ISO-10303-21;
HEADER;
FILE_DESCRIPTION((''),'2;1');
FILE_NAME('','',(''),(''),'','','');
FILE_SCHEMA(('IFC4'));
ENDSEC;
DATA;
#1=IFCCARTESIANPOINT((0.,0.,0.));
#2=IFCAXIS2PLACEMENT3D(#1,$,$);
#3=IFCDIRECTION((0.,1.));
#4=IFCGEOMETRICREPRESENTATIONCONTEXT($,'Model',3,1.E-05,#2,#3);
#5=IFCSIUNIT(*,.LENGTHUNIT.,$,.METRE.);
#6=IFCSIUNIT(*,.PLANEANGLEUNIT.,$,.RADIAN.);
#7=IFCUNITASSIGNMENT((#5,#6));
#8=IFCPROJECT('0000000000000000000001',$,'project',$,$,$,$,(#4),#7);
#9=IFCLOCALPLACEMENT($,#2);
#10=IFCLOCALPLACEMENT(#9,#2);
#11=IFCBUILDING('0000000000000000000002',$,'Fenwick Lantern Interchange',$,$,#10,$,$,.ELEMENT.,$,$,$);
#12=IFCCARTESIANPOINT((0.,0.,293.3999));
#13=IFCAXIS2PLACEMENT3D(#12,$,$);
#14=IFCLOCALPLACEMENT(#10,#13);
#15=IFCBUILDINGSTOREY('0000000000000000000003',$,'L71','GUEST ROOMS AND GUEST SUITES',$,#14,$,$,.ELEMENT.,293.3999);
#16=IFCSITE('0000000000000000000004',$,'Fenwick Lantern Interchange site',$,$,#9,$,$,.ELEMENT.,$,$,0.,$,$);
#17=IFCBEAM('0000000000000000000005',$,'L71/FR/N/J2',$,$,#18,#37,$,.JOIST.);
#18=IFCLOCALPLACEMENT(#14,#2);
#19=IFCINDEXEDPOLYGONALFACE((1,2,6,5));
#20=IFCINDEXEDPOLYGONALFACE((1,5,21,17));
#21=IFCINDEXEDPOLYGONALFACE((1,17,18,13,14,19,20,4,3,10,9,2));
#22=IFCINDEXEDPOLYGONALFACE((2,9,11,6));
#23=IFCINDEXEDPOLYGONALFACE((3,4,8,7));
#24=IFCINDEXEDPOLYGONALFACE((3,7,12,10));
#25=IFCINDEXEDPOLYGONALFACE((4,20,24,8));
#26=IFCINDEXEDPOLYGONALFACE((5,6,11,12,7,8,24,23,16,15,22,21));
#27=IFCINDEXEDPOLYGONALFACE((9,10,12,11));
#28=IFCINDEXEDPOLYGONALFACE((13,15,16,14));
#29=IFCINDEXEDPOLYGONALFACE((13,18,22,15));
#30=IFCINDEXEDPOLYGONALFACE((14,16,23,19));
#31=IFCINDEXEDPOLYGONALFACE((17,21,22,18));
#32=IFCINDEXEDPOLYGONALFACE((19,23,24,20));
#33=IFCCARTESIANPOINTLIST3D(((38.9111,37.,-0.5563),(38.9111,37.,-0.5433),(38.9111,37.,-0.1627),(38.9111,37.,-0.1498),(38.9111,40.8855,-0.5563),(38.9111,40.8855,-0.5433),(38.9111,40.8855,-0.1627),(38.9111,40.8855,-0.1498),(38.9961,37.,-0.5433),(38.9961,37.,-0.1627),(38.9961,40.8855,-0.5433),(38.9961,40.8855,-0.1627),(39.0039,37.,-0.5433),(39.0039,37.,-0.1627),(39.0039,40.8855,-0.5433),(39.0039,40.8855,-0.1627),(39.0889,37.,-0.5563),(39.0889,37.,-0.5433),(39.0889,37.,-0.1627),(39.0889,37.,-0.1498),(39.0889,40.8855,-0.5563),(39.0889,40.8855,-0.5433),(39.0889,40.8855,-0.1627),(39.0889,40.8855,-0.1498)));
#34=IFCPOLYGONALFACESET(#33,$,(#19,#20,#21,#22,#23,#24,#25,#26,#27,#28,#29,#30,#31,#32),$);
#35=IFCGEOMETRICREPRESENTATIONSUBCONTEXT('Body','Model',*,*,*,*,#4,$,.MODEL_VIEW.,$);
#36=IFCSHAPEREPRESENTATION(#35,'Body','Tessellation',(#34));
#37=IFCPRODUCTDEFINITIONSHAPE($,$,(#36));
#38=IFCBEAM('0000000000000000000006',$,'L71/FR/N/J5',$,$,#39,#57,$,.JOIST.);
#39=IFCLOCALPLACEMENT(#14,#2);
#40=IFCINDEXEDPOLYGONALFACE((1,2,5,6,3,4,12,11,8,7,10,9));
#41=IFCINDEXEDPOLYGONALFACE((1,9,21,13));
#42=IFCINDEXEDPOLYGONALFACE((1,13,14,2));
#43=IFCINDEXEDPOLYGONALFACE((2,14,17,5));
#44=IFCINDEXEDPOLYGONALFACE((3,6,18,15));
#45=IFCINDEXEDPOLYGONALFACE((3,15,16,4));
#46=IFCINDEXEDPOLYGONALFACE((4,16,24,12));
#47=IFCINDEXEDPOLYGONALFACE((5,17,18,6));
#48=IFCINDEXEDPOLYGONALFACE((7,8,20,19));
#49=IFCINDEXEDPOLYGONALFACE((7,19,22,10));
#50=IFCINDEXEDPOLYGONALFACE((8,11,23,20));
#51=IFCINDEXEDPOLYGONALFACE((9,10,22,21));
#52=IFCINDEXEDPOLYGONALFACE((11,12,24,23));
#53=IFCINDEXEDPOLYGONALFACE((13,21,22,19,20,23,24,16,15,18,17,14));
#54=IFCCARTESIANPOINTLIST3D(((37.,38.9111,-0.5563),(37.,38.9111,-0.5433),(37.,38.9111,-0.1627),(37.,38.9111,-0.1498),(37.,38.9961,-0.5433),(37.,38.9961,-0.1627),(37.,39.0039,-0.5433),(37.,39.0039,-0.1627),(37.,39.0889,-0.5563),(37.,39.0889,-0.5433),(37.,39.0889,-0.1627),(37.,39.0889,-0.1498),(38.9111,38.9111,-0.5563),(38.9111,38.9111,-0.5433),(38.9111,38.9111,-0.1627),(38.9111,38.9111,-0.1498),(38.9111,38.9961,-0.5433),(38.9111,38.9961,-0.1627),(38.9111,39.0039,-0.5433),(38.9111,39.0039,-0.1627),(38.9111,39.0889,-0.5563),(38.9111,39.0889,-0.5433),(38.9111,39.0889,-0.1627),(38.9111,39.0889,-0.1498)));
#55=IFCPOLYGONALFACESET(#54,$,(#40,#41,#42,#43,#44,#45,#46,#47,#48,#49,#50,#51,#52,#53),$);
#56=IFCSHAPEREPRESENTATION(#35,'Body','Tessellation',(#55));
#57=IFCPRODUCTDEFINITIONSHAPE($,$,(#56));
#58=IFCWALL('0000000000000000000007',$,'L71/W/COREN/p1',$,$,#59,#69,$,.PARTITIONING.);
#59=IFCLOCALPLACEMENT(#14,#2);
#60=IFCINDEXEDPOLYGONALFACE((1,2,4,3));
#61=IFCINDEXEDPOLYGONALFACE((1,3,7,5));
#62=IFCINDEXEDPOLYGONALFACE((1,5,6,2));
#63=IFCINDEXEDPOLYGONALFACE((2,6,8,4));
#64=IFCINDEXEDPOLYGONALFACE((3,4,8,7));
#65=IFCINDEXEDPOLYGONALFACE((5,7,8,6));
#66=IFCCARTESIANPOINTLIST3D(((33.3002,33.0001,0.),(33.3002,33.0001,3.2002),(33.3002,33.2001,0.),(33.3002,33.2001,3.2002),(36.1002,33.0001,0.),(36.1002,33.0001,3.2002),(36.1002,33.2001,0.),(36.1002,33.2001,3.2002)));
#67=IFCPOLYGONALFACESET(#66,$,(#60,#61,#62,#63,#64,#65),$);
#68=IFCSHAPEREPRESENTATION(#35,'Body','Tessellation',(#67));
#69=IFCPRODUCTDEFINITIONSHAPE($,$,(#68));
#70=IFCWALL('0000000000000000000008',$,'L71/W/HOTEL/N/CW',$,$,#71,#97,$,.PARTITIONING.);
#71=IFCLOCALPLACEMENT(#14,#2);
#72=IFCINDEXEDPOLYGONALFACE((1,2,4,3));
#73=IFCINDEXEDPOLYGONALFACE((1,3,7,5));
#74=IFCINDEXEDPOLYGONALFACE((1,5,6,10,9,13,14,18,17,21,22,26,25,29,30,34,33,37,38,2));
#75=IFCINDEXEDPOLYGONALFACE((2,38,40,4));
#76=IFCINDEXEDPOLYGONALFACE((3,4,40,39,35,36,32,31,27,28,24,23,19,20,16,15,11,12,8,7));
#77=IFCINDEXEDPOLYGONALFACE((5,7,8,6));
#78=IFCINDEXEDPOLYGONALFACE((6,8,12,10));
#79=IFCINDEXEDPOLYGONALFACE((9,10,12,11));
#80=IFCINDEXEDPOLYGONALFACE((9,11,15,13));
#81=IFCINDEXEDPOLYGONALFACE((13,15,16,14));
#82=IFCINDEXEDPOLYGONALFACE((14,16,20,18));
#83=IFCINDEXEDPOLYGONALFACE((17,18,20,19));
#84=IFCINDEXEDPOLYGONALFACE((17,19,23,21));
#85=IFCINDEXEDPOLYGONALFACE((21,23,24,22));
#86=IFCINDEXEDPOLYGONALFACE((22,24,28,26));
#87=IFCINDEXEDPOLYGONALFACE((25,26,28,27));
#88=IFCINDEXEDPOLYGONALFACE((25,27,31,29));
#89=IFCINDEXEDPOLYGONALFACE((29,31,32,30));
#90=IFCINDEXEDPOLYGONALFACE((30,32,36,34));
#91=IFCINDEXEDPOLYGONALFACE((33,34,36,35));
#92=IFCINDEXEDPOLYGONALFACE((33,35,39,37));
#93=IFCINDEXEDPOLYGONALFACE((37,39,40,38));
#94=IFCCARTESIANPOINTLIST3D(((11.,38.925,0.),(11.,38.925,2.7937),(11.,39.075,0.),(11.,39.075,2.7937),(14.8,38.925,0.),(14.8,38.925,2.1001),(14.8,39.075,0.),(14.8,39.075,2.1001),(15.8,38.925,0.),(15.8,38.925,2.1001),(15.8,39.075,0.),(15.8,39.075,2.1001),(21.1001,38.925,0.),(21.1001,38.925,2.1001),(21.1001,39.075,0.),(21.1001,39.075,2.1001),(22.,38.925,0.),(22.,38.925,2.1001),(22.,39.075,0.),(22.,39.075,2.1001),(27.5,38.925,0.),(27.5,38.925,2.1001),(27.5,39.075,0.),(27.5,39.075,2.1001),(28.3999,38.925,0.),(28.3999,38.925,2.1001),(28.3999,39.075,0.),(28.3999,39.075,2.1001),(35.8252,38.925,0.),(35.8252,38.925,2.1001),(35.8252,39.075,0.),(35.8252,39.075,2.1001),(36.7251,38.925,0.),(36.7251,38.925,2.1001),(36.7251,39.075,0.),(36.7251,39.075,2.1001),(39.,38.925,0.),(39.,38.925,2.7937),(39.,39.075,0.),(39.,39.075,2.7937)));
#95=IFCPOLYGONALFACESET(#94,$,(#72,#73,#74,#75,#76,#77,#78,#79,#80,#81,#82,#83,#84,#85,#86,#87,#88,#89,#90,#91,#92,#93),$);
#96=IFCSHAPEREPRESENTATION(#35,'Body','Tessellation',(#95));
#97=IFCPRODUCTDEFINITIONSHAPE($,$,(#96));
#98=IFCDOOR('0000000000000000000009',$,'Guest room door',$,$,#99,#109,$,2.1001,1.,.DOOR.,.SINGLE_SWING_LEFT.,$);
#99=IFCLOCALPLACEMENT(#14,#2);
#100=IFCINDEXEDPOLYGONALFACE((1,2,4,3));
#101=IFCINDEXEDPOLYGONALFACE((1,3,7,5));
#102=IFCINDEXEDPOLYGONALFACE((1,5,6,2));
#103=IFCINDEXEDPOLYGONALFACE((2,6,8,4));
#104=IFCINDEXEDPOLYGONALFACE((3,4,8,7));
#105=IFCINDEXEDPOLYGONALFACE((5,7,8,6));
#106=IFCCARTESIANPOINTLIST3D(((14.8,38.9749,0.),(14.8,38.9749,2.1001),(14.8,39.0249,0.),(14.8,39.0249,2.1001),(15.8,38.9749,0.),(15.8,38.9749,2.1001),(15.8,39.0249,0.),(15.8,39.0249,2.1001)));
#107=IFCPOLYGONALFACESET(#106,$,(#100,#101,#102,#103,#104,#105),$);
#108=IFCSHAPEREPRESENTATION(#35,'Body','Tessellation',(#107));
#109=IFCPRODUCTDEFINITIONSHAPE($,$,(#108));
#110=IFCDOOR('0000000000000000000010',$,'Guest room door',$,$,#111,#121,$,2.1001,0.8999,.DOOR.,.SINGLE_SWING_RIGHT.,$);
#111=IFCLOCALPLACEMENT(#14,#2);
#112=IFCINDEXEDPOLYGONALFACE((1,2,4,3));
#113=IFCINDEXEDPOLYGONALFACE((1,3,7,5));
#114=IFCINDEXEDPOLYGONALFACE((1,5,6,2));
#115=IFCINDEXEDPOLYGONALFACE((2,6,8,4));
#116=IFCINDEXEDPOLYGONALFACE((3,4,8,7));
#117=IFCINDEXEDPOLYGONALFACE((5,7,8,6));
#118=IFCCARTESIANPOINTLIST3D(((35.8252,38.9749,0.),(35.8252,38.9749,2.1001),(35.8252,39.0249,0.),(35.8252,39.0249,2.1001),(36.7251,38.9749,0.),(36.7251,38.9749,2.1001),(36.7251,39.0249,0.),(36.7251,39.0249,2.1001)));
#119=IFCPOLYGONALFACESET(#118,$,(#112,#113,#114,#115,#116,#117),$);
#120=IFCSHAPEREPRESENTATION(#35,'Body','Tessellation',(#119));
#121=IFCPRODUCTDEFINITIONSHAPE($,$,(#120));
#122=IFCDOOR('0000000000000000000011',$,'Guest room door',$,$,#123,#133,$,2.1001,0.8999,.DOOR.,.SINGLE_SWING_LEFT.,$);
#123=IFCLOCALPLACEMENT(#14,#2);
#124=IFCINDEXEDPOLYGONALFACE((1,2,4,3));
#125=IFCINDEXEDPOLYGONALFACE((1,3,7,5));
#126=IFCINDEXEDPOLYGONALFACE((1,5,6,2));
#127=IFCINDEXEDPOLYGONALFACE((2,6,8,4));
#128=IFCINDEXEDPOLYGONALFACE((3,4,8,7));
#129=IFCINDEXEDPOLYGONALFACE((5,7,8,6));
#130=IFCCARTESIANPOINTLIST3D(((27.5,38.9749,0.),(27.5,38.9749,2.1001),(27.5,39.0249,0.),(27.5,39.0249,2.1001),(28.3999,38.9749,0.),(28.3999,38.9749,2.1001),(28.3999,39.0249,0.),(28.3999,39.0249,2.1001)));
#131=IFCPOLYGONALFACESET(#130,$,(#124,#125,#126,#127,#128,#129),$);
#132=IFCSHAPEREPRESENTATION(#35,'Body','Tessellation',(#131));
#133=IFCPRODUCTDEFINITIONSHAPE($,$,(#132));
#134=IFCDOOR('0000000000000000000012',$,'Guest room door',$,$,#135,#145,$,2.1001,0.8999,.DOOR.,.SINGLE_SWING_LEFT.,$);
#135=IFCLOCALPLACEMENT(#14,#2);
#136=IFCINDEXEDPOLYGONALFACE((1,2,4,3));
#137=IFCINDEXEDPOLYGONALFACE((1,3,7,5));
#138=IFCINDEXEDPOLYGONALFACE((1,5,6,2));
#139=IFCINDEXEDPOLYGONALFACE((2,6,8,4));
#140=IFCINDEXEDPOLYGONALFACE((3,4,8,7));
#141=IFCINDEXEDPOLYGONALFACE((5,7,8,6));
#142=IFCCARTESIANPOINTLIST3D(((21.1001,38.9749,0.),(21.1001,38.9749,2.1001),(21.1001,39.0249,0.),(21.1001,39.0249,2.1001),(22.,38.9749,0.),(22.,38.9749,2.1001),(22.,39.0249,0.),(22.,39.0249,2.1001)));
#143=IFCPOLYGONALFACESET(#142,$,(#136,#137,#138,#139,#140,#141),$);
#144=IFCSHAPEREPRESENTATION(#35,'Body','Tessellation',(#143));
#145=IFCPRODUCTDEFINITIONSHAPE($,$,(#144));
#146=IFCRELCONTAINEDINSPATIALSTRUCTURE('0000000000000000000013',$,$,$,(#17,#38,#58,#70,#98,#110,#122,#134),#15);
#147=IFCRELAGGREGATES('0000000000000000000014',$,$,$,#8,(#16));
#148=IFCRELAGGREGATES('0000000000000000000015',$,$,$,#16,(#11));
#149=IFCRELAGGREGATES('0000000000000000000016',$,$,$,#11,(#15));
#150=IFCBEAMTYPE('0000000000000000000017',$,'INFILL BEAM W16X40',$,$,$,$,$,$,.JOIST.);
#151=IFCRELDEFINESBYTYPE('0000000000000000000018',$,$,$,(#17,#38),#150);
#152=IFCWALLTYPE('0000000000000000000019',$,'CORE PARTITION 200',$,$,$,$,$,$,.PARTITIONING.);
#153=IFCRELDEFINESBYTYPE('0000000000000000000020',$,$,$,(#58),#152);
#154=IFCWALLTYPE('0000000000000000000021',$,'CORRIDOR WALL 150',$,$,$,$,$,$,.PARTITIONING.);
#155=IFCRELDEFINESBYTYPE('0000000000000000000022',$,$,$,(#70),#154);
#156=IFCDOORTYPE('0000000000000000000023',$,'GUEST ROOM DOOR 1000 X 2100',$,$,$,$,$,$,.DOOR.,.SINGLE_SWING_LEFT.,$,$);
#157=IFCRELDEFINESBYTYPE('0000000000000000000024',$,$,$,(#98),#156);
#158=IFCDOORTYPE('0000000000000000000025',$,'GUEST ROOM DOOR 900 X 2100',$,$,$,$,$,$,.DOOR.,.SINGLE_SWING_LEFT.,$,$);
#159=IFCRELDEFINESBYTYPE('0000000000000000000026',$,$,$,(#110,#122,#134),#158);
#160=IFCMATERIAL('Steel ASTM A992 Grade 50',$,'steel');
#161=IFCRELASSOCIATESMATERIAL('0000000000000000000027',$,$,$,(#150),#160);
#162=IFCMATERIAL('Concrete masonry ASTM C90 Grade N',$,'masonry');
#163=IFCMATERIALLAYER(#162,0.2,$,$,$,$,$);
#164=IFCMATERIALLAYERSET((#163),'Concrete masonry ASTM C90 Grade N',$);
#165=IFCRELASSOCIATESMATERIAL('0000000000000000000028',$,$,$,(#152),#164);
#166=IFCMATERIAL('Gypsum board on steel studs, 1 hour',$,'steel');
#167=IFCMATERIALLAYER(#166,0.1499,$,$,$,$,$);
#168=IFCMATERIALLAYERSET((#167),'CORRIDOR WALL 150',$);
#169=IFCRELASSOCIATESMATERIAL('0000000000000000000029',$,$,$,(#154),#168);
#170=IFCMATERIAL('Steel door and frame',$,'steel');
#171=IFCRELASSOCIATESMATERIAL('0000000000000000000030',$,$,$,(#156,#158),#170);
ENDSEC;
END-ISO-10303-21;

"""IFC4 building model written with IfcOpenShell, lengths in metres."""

from ifc_helpers import new_model, si_unit, direction, frame, frame_2d, origin, origin_2d, place, context, subcontext, project, spatial, rectangle, i_section, extrude, material, layer, layer_set, material_profile, profile_set, type_object, element, fill, save


model = new_model("IFC4")

# Units and contexts
model_context = context("Model", 3, precision=1e-05, world=origin(), true_north=direction((0.0, 1.0)))
body_context = subcontext(model_context, "Body", "Model", "MODEL_VIEW")
ifc_project = project(units=[si_unit("LENGTHUNIT", "METRE"), si_unit("PLANEANGLEUNIT", "RADIAN")], contexts=[model_context])

# Site, building, storey
site_placement = place(None, origin())
site = spatial("IfcSite", under=ifc_project, at=site_placement, Name="Fenwick Lantern Interchange site", CompositionType="ELEMENT", RefElevation=0.0)
building_placement = place(site_placement, origin())
building = spatial("IfcBuilding", under=site, at=building_placement, Name="Fenwick Lantern Interchange", CompositionType="ELEMENT")
storey_placement = place(building_placement, frame((0.0, 0.0, 293.3999)))
storey = spatial("IfcBuildingStorey", under=building, at=storey_placement, Name="L71", Description="GUEST ROOMS AND GUEST SUITES", CompositionType="ELEMENT", Elevation=293.3999)

# Beams
ifc_material_1 = material(Name="Steel ASTM A992 Grade 50", Category="steel")
ifc_material_profile = material_profile(ifc_material_1, i_section(OverallWidth=0.1777, OverallDepth=0.4065, WebThickness=0.0078, FlangeThickness=0.0129, at=origin_2d()), Name="W16X40")
ifc_profile_set = profile_set([ifc_material_profile], Name="Steel ASTM A992 Grade 50")
beam_type = type_object("IfcBeamType", Name="INFILL BEAM W16X40", PredefinedType="JOIST", material=ifc_profile_set)
beam_1_placement = place(storey_placement, frame((39.0, 40.8855, -0.353), z_axis=(0.0, -1.0, 0.0), x_axis=(1.0, 0.0, 0.0)))
element("IfcBeam", 1, at=beam_1_placement, inside=storey, type_object=beam_type, Name="L71/FR/N/J2", PredefinedType="JOIST", context=body_context, shape_type="SweptSolid", body=[
    extrude(i_section(OverallWidth=0.1777, OverallDepth=0.4065, WebThickness=0.0078, FlangeThickness=0.0129, at=origin_2d()), origin(), (0.0, 0.0, 1.0), 3.8855),
])
beam_2_placement = place(storey_placement, frame((38.9111, 39.0, -0.353), z_axis=(-1.0, 0.0, 0.0), x_axis=(0.0, -1.0, 0.0)))
element("IfcBeam", 2, at=beam_2_placement, inside=storey, type_object=beam_type, Name="L71/FR/N/J5", PredefinedType="JOIST", context=body_context, shape_type="SweptSolid", body=[
    extrude(i_section(OverallWidth=0.1777, OverallDepth=0.4065, WebThickness=0.0078, FlangeThickness=0.0129, at=origin_2d()), origin(), (0.0, 0.0, 1.0), 1.9111),
])

# Wall
ifc_material_2 = material(Name="Concrete masonry ASTM C90 Grade N", Category="masonry")
ifc_layer_1 = layer(ifc_material_2, 0.2)
ifc_layer_set_1 = layer_set([ifc_layer_1], Name="Concrete masonry ASTM C90 Grade N")
wall_type_1 = type_object("IfcWallType", Name="CORE PARTITION 200", PredefinedType="PARTITIONING", material=ifc_layer_set_1)
wall_1_placement = place(storey_placement, frame((36.1001, 33.1001, 0.0), z_axis=(0.0, 0.0, 1.0), x_axis=(-1.0, 0.0, 0.0)))
element("IfcWall", 3, at=wall_1_placement, inside=storey, type_object=wall_type_1, Name="L71/W/COREN/p1", PredefinedType="PARTITIONING", context=body_context, shape_type="SweptSolid", body=[
    extrude(rectangle(XDim=2.8, YDim=0.2, at=frame_2d((1.3999, 0.0))), origin(), (0.0, 0.0, 1.0), 3.2002),
])

# Wall, openings, doors
ifc_material_3 = material(Name="Steel door and frame", Category="steel")
ifc_material_4 = material(Name="Gypsum board on steel studs, 1 hour", Category="steel")
ifc_layer_2 = layer(ifc_material_4, 0.1499)
ifc_layer_set_2 = layer_set([ifc_layer_2], Name="CORRIDOR WALL 150")
wall_type_2 = type_object("IfcWallType", Name="CORRIDOR WALL 150", PredefinedType="PARTITIONING", material=ifc_layer_set_2)
wall_2_placement = place(storey_placement, frame((39.0, 39.0, 0.0), z_axis=(0.0, 0.0, 1.0), x_axis=(-1.0, 0.0, 0.0)))
wall_2 = element("IfcWall", 4, at=wall_2_placement, inside=storey, type_object=wall_type_2, Name="L71/W/HOTEL/N/CW", PredefinedType="PARTITIONING", context=body_context, shape_type="SweptSolid", body=[
    extrude(rectangle(XDim=28.0, YDim=0.1499, at=frame_2d((14.0, 0.0))), origin(), (0.0, 0.0, 1.0), 2.7937),
])
opening_1_placement = place(wall_2_placement, frame((2.2749, 0.0, 0.0)))
opening_1 = element("IfcOpeningElement", 5, at=opening_1_placement, cuts=wall_2, PredefinedType="OPENING", context=body_context, shape_type="SweptSolid", body=[
    extrude(rectangle(XDim=0.8999, YDim=2.1001, at=frame_2d((0.45, 1.05))), frame((0.0, 0.085, 0.0), z_axis=(0.0, -1.0, 0.0), x_axis=(1.0, 0.0, 0.0)), (0.0, 0.0, 1.0), 0.1699),
])
opening_2_placement = place(wall_2_placement, frame((10.6001, 0.0, 0.0)))
opening_2 = element("IfcOpeningElement", 6, at=opening_2_placement, cuts=wall_2, PredefinedType="OPENING", context=body_context, shape_type="SweptSolid", body=[
    extrude(rectangle(XDim=0.8999, YDim=2.1001, at=frame_2d((0.45, 1.05))), frame((0.0, 0.085, 0.0), z_axis=(0.0, -1.0, 0.0), x_axis=(1.0, 0.0, 0.0)), (0.0, 0.0, 1.0), 0.1699),
])
opening_3_placement = place(wall_2_placement, frame((17.0, 0.0, 0.0)))
opening_3 = element("IfcOpeningElement", 7, at=opening_3_placement, cuts=wall_2, PredefinedType="OPENING", context=body_context, shape_type="SweptSolid", body=[
    extrude(rectangle(XDim=0.8999, YDim=2.1001, at=frame_2d((0.45, 1.05))), frame((0.0, 0.085, 0.0), z_axis=(0.0, -1.0, 0.0), x_axis=(1.0, 0.0, 0.0)), (0.0, 0.0, 1.0), 0.1699),
])
opening_4_placement = place(wall_2_placement, frame((23.2, 0.0, 0.0)))
opening_4 = element("IfcOpeningElement", 8, at=opening_4_placement, cuts=wall_2, PredefinedType="OPENING", context=body_context, shape_type="SweptSolid", body=[
    extrude(rectangle(XDim=1.0, YDim=2.1001, at=frame_2d((0.5, 1.05))), frame((0.0, 0.085, 0.0), z_axis=(0.0, -1.0, 0.0), x_axis=(1.0, 0.0, 0.0)), (0.0, 0.0, 1.0), 0.1699),
])
door_type_1 = type_object("IfcDoorType", Name="GUEST ROOM DOOR 1000 X 2100", OperationType="SINGLE_SWING_LEFT", PredefinedType="DOOR", material=ifc_material_3)
door_1_placement = place(opening_4_placement, frame((1.0, 0.0, 0.0), z_axis=(0.0, 0.0, 1.0), x_axis=(-1.0, 0.0, 0.0)))
door_1 = element("IfcDoor", 9, at=door_1_placement, inside=storey, type_object=door_type_1, Name="Guest room door", OperationType="SINGLE_SWING_LEFT", OverallHeight=2.1001, OverallWidth=1.0, PredefinedType="DOOR", context=body_context, shape_type="SweptSolid", body=[
    extrude(rectangle(XDim=1.0, YDim=2.1001, at=frame_2d((0.5, 1.05))), frame((0.0, 0.0249, 0.0), z_axis=(0.0, -1.0, 0.0), x_axis=(1.0, 0.0, 0.0)), (0.0, 0.0, 1.0), 0.05),
])
fill(opening_4, door_1)
door_type_2 = type_object("IfcDoorType", Name="GUEST ROOM DOOR 900 X 2100", OperationType="SINGLE_SWING_LEFT", PredefinedType="DOOR", material=ifc_material_3)
door_2_placement = place(opening_1_placement, frame((0.8999, 0.0, 0.0), z_axis=(0.0, 0.0, 1.0), x_axis=(-1.0, 0.0, 0.0)))
door_2 = element("IfcDoor", 10, at=door_2_placement, inside=storey, type_object=door_type_2, Name="Guest room door", OperationType="SINGLE_SWING_RIGHT", OverallHeight=2.1001, OverallWidth=0.8999, PredefinedType="DOOR", context=body_context, shape_type="SweptSolid", body=[
    extrude(rectangle(XDim=0.8999, YDim=2.1001, at=frame_2d((0.45, 1.05))), frame((0.0, 0.0249, 0.0), z_axis=(0.0, -1.0, 0.0), x_axis=(1.0, 0.0, 0.0)), (0.0, 0.0, 1.0), 0.05),
])
fill(opening_1, door_2)
door_3_placement = place(opening_2_placement, frame((0.8999, 0.0, 0.0), z_axis=(0.0, 0.0, 1.0), x_axis=(-1.0, 0.0, 0.0)))
door_3 = element("IfcDoor", 11, at=door_3_placement, inside=storey, type_object=door_type_2, Name="Guest room door", OperationType="SINGLE_SWING_LEFT", OverallHeight=2.1001, OverallWidth=0.8999, PredefinedType="DOOR", context=body_context, shape_type="SweptSolid", body=[
    extrude(rectangle(XDim=0.8999, YDim=2.1001, at=frame_2d((0.45, 1.05))), frame((0.0, 0.0249, 0.0), z_axis=(0.0, -1.0, 0.0), x_axis=(1.0, 0.0, 0.0)), (0.0, 0.0, 1.0), 0.05),
])
fill(opening_2, door_3)
door_4_placement = place(opening_3_placement, frame((0.8999, 0.0, 0.0), z_axis=(0.0, 0.0, 1.0), x_axis=(-1.0, 0.0, 0.0)))
door_4 = element("IfcDoor", 12, at=door_4_placement, inside=storey, type_object=door_type_2, Name="Guest room door", OperationType="SINGLE_SWING_LEFT", OverallHeight=2.1001, OverallWidth=0.8999, PredefinedType="DOOR", context=body_context, shape_type="SweptSolid", body=[
    extrude(rectangle(XDim=0.8999, YDim=2.1001, at=frame_2d((0.45, 1.05))), frame((0.0, 0.0249, 0.0), z_axis=(0.0, -1.0, 0.0), x_axis=(1.0, 0.0, 0.0)), (0.0, 0.0, 1.0), 0.05),
])
fill(opening_3, door_4)

save(model, "model.ifc")
